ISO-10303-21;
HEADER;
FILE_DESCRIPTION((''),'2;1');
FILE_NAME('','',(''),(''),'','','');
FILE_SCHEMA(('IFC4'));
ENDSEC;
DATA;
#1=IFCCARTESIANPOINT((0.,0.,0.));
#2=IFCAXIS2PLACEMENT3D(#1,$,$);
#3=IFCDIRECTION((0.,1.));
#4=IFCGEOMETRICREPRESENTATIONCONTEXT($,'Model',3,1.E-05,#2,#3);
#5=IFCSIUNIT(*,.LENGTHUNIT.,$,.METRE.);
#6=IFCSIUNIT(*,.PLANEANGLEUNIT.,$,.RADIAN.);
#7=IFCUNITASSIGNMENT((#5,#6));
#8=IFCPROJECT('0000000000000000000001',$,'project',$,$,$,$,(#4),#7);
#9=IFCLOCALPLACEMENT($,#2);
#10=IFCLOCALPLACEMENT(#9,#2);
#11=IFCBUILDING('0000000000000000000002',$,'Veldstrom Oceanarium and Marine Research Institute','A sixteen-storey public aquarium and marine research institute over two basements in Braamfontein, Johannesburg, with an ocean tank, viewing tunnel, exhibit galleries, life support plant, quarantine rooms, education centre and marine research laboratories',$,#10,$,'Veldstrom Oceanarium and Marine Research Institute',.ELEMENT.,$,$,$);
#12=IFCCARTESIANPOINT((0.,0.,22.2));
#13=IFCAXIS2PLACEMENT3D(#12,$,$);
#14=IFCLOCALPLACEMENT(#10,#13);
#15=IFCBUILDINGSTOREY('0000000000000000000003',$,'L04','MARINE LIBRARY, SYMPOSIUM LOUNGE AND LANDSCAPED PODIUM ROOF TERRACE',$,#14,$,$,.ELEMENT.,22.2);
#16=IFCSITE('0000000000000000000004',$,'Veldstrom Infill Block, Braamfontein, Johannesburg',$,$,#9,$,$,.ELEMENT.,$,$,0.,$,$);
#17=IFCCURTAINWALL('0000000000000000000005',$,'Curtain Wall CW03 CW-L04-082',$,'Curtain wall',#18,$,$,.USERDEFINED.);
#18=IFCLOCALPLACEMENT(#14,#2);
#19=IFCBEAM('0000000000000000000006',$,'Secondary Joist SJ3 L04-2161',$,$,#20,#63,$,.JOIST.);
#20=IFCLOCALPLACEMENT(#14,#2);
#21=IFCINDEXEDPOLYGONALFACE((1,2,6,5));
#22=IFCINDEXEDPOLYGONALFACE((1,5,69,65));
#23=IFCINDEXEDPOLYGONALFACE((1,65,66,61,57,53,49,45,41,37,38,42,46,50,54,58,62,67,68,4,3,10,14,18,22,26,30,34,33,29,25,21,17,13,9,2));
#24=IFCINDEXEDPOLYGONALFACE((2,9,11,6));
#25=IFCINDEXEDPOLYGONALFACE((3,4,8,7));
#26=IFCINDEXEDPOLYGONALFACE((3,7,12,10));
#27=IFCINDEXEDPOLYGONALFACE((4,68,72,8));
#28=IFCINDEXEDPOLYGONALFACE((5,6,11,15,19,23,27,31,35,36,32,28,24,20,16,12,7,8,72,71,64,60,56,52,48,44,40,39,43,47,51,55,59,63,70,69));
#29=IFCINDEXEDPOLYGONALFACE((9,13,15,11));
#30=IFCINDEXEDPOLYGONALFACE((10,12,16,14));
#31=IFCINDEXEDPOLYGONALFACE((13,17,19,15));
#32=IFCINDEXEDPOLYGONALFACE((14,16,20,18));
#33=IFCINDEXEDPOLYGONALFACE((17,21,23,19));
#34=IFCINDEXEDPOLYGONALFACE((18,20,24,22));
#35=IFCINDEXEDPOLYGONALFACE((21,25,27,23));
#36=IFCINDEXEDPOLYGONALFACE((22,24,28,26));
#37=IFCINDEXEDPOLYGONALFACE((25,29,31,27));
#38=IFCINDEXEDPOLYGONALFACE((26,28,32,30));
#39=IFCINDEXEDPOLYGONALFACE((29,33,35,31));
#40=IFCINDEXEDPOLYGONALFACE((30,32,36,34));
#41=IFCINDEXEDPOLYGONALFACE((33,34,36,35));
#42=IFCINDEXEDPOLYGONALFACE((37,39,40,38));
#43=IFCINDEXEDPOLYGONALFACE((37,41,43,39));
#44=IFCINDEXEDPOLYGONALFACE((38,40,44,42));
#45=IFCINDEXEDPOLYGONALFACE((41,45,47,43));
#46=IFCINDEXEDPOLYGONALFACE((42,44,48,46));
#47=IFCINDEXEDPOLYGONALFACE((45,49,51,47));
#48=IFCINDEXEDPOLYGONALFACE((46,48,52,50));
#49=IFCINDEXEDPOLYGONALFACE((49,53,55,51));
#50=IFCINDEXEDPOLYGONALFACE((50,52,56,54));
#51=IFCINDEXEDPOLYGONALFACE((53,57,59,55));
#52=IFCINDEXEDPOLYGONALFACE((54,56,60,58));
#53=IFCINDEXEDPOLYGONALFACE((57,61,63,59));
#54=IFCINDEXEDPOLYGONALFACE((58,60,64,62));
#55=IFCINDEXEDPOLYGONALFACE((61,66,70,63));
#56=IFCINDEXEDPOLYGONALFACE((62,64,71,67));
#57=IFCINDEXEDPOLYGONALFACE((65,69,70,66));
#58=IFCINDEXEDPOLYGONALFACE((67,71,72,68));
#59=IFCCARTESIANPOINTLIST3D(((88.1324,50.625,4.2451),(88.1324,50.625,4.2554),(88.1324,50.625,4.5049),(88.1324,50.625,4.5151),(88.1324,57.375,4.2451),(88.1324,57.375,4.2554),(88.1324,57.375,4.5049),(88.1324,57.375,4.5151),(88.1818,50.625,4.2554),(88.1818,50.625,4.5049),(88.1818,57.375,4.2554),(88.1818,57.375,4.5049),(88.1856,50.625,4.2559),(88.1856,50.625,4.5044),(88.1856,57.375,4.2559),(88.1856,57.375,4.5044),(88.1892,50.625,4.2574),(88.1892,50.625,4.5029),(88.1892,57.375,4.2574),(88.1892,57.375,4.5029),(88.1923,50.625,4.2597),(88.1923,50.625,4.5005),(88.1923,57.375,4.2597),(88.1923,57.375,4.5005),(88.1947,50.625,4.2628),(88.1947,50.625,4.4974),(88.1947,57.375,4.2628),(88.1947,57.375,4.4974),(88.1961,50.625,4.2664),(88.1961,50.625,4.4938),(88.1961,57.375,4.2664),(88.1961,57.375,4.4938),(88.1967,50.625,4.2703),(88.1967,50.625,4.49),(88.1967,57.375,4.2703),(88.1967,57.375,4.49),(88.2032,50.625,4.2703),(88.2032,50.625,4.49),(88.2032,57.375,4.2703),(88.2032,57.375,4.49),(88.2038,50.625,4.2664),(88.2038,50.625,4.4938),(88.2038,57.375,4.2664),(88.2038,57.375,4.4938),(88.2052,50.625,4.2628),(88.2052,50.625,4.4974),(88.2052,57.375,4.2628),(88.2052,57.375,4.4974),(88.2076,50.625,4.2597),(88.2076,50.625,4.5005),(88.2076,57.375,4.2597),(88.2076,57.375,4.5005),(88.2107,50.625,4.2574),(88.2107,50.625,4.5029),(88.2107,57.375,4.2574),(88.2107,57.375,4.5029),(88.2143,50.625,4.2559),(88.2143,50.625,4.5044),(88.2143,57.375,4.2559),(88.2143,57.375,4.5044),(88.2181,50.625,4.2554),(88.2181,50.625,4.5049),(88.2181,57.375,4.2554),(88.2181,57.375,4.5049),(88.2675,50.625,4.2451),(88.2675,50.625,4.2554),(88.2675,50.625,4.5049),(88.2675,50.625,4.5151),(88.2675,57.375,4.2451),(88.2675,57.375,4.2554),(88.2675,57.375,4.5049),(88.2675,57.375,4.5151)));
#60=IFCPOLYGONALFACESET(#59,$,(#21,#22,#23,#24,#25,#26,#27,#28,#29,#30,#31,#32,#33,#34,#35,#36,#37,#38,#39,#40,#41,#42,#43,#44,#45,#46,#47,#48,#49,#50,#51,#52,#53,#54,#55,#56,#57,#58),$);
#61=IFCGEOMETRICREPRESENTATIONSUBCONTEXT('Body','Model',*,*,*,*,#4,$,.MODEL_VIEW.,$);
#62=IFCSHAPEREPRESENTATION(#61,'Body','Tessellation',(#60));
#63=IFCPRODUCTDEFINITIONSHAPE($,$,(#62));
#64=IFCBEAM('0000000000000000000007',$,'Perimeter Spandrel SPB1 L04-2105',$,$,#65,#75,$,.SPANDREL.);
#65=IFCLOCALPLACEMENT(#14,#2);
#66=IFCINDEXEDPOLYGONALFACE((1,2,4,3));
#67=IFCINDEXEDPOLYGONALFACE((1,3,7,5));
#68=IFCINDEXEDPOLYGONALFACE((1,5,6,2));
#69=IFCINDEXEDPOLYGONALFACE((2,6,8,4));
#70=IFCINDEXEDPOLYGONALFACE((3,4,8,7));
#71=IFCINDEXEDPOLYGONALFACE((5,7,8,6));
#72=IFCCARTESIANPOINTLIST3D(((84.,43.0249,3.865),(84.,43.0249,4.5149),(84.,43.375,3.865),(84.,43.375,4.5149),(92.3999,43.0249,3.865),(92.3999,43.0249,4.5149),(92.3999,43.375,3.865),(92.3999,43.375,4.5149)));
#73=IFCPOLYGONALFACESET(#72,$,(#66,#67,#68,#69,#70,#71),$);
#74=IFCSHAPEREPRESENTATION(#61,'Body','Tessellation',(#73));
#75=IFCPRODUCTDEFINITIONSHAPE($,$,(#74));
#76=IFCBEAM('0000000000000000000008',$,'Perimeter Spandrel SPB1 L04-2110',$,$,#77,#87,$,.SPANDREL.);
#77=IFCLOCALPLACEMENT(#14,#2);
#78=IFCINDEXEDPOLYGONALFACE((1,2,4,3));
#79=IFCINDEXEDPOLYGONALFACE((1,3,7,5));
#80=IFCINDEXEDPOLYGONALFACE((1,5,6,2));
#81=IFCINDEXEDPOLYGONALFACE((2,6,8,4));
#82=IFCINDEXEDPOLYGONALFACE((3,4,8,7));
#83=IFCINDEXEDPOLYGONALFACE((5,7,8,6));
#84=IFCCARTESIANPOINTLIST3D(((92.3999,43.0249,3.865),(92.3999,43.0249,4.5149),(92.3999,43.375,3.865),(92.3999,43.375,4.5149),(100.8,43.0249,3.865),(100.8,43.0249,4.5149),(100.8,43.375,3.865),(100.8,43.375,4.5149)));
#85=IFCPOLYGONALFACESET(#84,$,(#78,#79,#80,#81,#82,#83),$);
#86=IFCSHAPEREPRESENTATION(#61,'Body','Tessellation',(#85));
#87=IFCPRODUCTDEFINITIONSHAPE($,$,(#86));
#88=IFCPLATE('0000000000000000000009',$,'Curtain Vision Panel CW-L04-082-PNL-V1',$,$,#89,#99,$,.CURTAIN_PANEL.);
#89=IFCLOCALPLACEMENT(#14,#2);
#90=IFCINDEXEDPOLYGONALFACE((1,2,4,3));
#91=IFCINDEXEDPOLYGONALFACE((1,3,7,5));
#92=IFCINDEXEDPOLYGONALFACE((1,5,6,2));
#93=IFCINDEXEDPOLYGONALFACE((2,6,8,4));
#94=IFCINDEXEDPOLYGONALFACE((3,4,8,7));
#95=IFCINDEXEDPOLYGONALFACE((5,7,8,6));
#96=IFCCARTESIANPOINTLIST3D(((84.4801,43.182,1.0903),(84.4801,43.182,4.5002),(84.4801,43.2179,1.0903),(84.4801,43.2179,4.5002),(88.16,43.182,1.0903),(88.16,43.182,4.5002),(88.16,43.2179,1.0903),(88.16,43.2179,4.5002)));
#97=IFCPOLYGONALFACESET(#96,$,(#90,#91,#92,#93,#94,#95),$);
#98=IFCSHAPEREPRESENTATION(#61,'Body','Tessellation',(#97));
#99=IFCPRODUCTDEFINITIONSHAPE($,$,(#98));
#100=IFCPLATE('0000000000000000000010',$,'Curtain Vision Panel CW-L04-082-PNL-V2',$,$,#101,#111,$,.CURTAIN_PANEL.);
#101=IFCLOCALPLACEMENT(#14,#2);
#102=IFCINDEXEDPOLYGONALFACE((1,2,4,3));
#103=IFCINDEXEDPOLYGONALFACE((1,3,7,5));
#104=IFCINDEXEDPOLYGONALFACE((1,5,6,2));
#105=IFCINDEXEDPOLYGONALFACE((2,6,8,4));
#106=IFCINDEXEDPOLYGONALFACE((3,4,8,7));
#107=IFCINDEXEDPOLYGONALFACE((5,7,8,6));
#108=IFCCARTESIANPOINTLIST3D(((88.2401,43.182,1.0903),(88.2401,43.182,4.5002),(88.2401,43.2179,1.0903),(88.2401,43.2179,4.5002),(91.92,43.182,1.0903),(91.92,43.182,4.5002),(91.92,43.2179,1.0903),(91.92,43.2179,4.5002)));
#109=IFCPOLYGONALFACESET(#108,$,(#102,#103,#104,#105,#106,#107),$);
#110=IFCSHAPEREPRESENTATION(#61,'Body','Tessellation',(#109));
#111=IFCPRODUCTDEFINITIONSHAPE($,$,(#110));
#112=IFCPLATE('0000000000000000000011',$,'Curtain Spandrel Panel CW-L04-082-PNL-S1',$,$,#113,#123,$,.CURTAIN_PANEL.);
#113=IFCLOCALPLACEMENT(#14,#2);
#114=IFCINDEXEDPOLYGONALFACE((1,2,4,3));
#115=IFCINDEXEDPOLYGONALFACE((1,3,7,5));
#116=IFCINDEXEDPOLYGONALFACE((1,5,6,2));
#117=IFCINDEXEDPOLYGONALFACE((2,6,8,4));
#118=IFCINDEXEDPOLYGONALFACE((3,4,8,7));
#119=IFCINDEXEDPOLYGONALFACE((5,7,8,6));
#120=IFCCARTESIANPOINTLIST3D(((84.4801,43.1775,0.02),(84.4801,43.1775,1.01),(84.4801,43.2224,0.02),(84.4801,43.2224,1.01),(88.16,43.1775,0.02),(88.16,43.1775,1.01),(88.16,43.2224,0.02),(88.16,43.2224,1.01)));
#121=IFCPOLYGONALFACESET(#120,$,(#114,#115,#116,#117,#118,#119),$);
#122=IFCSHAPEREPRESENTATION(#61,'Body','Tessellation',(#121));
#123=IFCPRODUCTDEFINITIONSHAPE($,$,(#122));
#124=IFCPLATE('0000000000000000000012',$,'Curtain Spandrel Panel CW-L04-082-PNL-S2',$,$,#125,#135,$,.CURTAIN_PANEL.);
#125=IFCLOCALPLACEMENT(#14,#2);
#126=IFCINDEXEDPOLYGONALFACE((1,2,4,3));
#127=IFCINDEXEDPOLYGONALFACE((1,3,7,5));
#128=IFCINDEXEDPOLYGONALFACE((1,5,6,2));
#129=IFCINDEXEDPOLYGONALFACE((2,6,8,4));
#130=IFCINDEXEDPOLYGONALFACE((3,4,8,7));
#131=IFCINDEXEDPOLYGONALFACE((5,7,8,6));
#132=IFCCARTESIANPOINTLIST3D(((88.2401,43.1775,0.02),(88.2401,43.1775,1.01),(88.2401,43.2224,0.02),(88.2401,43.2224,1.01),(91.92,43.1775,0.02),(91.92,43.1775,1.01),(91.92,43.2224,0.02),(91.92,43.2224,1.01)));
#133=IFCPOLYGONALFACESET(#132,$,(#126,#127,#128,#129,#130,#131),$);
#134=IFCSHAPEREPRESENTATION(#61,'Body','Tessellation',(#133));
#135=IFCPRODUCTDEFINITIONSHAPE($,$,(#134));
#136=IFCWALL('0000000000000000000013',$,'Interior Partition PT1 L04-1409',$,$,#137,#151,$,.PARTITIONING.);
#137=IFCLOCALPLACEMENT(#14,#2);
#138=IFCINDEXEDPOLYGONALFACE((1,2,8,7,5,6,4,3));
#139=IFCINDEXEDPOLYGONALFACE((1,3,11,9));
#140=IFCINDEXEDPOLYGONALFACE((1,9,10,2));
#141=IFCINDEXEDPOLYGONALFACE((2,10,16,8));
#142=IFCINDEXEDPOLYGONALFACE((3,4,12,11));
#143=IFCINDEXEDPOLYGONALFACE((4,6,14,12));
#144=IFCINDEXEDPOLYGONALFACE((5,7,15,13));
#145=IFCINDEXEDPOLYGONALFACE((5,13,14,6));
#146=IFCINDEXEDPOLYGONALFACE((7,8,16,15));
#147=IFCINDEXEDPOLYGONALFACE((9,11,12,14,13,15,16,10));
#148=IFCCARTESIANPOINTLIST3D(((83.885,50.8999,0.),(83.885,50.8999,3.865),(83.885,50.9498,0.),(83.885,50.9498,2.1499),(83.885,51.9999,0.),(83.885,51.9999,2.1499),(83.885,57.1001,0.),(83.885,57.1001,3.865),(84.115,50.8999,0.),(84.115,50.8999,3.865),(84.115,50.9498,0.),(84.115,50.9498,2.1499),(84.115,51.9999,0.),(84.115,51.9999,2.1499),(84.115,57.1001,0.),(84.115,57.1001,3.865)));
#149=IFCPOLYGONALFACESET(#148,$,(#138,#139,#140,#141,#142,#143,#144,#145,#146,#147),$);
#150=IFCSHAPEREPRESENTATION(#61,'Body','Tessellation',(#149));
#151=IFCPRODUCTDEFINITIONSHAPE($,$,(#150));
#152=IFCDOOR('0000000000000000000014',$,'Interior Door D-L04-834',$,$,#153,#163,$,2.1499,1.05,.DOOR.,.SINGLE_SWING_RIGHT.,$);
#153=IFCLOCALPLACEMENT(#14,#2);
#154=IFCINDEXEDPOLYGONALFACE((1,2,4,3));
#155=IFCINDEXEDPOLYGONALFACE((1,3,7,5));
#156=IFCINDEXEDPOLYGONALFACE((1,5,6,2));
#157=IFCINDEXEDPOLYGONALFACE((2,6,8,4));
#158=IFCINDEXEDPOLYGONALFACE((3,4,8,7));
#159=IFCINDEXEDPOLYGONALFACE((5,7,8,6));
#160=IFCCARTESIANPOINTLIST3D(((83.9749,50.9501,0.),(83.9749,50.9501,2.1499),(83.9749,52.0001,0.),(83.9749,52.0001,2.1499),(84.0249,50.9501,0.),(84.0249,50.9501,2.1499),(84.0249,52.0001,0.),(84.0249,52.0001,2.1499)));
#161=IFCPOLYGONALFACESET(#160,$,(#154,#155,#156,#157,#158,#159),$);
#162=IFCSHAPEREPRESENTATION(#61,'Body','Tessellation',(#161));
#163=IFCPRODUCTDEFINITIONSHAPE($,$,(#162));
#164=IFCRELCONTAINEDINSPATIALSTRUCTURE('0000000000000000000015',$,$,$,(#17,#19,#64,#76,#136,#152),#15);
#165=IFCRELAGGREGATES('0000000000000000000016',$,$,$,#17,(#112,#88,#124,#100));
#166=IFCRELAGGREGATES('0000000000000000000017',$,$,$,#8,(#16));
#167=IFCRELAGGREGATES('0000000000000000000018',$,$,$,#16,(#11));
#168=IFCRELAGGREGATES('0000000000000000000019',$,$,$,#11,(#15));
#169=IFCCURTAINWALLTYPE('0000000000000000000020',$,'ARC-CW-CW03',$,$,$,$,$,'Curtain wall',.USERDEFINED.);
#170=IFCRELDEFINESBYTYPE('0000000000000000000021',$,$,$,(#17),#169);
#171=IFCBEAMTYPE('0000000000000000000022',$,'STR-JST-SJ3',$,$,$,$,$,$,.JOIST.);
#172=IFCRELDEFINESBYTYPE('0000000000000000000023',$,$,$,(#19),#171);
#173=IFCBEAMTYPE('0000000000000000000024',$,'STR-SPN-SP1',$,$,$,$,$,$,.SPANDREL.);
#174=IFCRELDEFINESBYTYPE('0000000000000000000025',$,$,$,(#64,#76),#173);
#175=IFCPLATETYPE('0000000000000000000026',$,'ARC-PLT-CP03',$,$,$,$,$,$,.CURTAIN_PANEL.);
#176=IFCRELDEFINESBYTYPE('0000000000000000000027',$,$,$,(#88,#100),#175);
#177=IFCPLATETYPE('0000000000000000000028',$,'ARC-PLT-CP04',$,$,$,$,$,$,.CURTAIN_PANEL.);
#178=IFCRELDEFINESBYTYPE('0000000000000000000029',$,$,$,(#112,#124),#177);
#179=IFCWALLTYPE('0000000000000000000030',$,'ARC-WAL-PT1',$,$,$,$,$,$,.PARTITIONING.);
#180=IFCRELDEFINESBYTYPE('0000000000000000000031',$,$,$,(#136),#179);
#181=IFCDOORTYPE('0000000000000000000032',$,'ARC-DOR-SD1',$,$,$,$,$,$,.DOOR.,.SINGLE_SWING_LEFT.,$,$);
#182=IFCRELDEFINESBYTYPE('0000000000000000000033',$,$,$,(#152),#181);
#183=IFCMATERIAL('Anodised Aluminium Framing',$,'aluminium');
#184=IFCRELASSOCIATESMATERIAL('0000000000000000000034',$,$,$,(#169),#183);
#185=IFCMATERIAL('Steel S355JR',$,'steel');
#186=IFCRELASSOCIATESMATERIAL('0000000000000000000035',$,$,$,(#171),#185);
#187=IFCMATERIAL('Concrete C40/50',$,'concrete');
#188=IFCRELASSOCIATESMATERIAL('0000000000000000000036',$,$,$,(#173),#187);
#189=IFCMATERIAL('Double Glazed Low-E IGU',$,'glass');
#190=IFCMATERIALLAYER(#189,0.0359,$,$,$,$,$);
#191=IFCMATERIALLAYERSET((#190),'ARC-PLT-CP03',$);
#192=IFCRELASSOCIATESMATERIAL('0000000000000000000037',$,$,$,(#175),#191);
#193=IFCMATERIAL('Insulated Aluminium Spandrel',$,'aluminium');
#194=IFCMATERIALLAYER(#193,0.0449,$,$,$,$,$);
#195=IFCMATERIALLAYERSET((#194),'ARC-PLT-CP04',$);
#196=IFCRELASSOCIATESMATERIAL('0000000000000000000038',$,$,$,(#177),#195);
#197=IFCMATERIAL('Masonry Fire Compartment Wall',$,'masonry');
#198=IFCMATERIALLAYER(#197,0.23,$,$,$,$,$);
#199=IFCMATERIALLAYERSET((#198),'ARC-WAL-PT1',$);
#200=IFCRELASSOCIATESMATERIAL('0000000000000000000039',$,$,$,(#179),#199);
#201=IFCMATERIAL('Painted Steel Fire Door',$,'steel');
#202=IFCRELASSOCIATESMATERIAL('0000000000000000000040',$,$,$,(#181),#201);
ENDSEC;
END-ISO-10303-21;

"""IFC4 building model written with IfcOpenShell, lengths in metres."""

from ifc_helpers import new_model, si_unit, direction, frame, frame_2d, origin, origin_2d, place, context, subcontext, project, spatial, rectangle, i_section, extrude, material, layer, layer_set, material_profile, profile_set, type_object, element, fill, aggregate, save


model = new_model("IFC4")

# Units and contexts
model_context = context("Model", 3, precision=1e-05, world=origin(), true_north=direction((0.0, 1.0)))
body_context = subcontext(model_context, "Body", "Model", "MODEL_VIEW")
ifc_project = project(units=[si_unit("LENGTHUNIT", "METRE"), si_unit("PLANEANGLEUNIT", "RADIAN")], contexts=[model_context])

# Site, building, storey
site_placement = place(None, origin())
site = spatial("IfcSite", under=ifc_project, at=site_placement, Name="Veldstrom Infill Block, Braamfontein, Johannesburg", CompositionType="ELEMENT", RefElevation=0.0)
building_placement = place(site_placement, origin())
building = spatial("IfcBuilding", under=site, at=building_placement, Name="Veldstrom Oceanarium and Marine Research Institute", Description="A sixteen-storey public aquarium and marine research institute over two basements in Braamfontein, Johannesburg, with an ocean tank, viewing tunnel, exhibit galleries, life support plant, quarantine rooms, education centre and marine research laboratories", LongName="Veldstrom Oceanarium and Marine Research Institute", CompositionType="ELEMENT")
storey_placement = place(building_placement, frame((0.0, 0.0, 22.2)))
storey = spatial("IfcBuildingStorey", under=building, at=storey_placement, Name="L04", Description="MARINE LIBRARY, SYMPOSIUM LOUNGE AND LANDSCAPED PODIUM ROOF TERRACE", CompositionType="ELEMENT", Elevation=22.2)

# Curtain wall
ifc_material_1 = material(Name="Anodised Aluminium Framing", Category="aluminium")
curtain_wall_type = type_object("IfcCurtainWallType", Name="ARC-CW-CW03", ElementType="Curtain wall", PredefinedType="USERDEFINED", material=ifc_material_1)
curtain_wall_placement = place(storey_placement, origin())
curtain_wall = element("IfcCurtainWall", 1, at=curtain_wall_placement, inside=storey, type_object=curtain_wall_type, Name="Curtain Wall CW03 CW-L04-082", ObjectType="Curtain wall", PredefinedType="USERDEFINED")

# Beams
ifc_material_2 = material(Name="Steel S355JR", Category="steel")
ifc_material_profile_1 = material_profile(ifc_material_2, i_section(OverallWidth=0.135, OverallDepth=0.27, WebThickness=0.0066, FlangeThickness=0.0103, FilletRadius=0.0149, at=origin_2d()), Name="IPE 270")
ifc_profile_set_1 = profile_set([ifc_material_profile_1], Name="Steel S355JR")
beam_type_1 = type_object("IfcBeamType", Name="STR-JST-SJ3", PredefinedType="JOIST", material=ifc_profile_set_1)
beam_1_placement = place(storey_placement, frame((88.2, 50.625, 4.3801), z_axis=(0.0, 1.0, 0.0), x_axis=(-1.0, 0.0, 0.0)))
element("IfcBeam", 2, at=beam_1_placement, inside=storey, type_object=beam_type_1, Name="Secondary Joist SJ3 L04-2161", PredefinedType="JOIST", context=body_context, shape_type="SweptSolid", body=[
    extrude(i_section(OverallWidth=0.135, OverallDepth=0.27, WebThickness=0.0066, FlangeThickness=0.0103, FilletRadius=0.0149, at=origin_2d()), origin(), (0.0, 0.0, 1.0), 6.75),
])
ifc_material_3 = material(Name="Concrete C40/50", Category="concrete")
ifc_material_profile_2 = material_profile(ifc_material_3, rectangle(XDim=0.3501, YDim=0.6499, at=origin_2d()), Name="RC-SPN-350x650")
ifc_profile_set_2 = profile_set([ifc_material_profile_2], Name="Concrete C40/50")
beam_type_2 = type_object("IfcBeamType", Name="STR-SPN-SP1", PredefinedType="SPANDREL", material=ifc_profile_set_2)
beam_2_placement = place(storey_placement, frame((84.0, 43.2, 4.1899), z_axis=(1.0, 0.0, 0.0), x_axis=(0.0, 1.0, 0.0)))
element("IfcBeam", 3, at=beam_2_placement, inside=storey, type_object=beam_type_2, Name="Perimeter Spandrel SPB1 L04-2105", PredefinedType="SPANDREL", context=body_context, shape_type="SweptSolid", body=[
    extrude(rectangle(XDim=0.3501, YDim=0.6499, at=origin_2d()), origin(), (0.0, 0.0, 1.0), 8.3999),
])
beam_3_placement = place(storey_placement, frame((92.3999, 43.2, 4.1899), z_axis=(1.0, 0.0, 0.0), x_axis=(0.0, 1.0, 0.0)))
element("IfcBeam", 4, at=beam_3_placement, inside=storey, type_object=beam_type_2, Name="Perimeter Spandrel SPB1 L04-2110", PredefinedType="SPANDREL", context=body_context, shape_type="SweptSolid", body=[
    extrude(rectangle(XDim=0.3501, YDim=0.6499, at=origin_2d()), origin(), (0.0, 0.0, 1.0), 8.4001),
])

# Plates
ifc_material_4 = material(Name="Double Glazed Low-E IGU", Category="glass")
ifc_layer_1 = layer(ifc_material_4, 0.0359)
ifc_layer_set_1 = layer_set([ifc_layer_1], Name="ARC-PLT-CP03")
plate_type_1 = type_object("IfcPlateType", Name="ARC-PLT-CP03", PredefinedType="CURTAIN_PANEL", material=ifc_layer_set_1)
plate_1_placement = place(storey_placement, frame((86.3201, 43.2, 1.0903), z_axis=(0.0, 0.0, 1.0), x_axis=(1.0, 0.0, 0.0)))
plate_1 = element("IfcPlate", 5, at=plate_1_placement, type_object=plate_type_1, Name="Curtain Vision Panel CW-L04-082-PNL-V1", PredefinedType="CURTAIN_PANEL", context=body_context, shape_type="SweptSolid", body=[
    extrude(rectangle(XDim=3.6799, YDim=0.0359, at=origin_2d()), origin(), (0.0, 0.0, 1.0), 3.4099),
])
plate_2_placement = place(storey_placement, frame((90.0801, 43.2, 1.0903), z_axis=(0.0, 0.0, 1.0), x_axis=(1.0, 0.0, 0.0)))
plate_2 = element("IfcPlate", 6, at=plate_2_placement, type_object=plate_type_1, Name="Curtain Vision Panel CW-L04-082-PNL-V2", PredefinedType="CURTAIN_PANEL", context=body_context, shape_type="SweptSolid", body=[
    extrude(rectangle(XDim=3.6799, YDim=0.0359, at=origin_2d()), origin(), (0.0, 0.0, 1.0), 3.4099),
])
ifc_material_5 = material(Name="Insulated Aluminium Spandrel", Category="aluminium")
ifc_layer_2 = layer(ifc_material_5, 0.0449)
ifc_layer_set_2 = layer_set([ifc_layer_2], Name="ARC-PLT-CP04")
plate_type_2 = type_object("IfcPlateType", Name="ARC-PLT-CP04", PredefinedType="CURTAIN_PANEL", material=ifc_layer_set_2)
plate_3_placement = place(storey_placement, frame((86.3201, 43.2, 0.02), z_axis=(0.0, 0.0, 1.0), x_axis=(1.0, 0.0, 0.0)))
plate_3 = element("IfcPlate", 7, at=plate_3_placement, type_object=plate_type_2, Name="Curtain Spandrel Panel CW-L04-082-PNL-S1", PredefinedType="CURTAIN_PANEL", context=body_context, shape_type="SweptSolid", body=[
    extrude(rectangle(XDim=3.6799, YDim=0.0449, at=origin_2d()), origin(), (0.0, 0.0, 1.0), 0.99),
])
plate_4_placement = place(storey_placement, frame((90.0801, 43.2, 0.02), z_axis=(0.0, 0.0, 1.0), x_axis=(1.0, 0.0, 0.0)))
plate_4 = element("IfcPlate", 8, at=plate_4_placement, type_object=plate_type_2, Name="Curtain Spandrel Panel CW-L04-082-PNL-S2", PredefinedType="CURTAIN_PANEL", context=body_context, shape_type="SweptSolid", body=[
    extrude(rectangle(XDim=3.6799, YDim=0.0449, at=origin_2d()), origin(), (0.0, 0.0, 1.0), 0.99),
])
aggregate(curtain_wall, [plate_3, plate_1, plate_4, plate_2])

# Wall, opening, door
ifc_material_6 = material(Name="Masonry Fire Compartment Wall", Category="masonry")
ifc_layer_3 = layer(ifc_material_6, 0.23)
ifc_layer_set_3 = layer_set([ifc_layer_3], Name="ARC-WAL-PT1")
wall_type_1 = type_object("IfcWallType", Name="ARC-WAL-PT1", PredefinedType="PARTITIONING", material=ifc_layer_set_3)
wall_1_placement = place(storey_placement, frame((84.0, 50.8999, 0.0), z_axis=(0.0, 0.0, 1.0), x_axis=(0.0, 1.0, 0.0)))
wall_1 = element("IfcWall", 9, at=wall_1_placement, inside=storey, type_object=wall_type_1, Name="Interior Partition PT1 L04-1409", PredefinedType="PARTITIONING", context=body_context, shape_type="SweptSolid", body=[
    extrude(rectangle(XDim=6.2002, YDim=0.23, at=frame_2d((3.1001, 0.0))), origin(), (0.0, 0.0, 1.0), 3.865),
])
opening_1_placement = place(wall_1_placement, frame((0.05, 0.0, 0.0)))
opening_1 = element("IfcOpeningElement", 10, at=opening_1_placement, cuts=wall_1, PredefinedType="OPENING", context=body_context, shape_type="SweptSolid", body=[
    extrude(rectangle(XDim=1.05, YDim=2.1499, at=frame_2d((0.5249, 1.075))), frame((0.0, 0.125, 0.0), z_axis=(0.0, -1.0, 0.0), x_axis=(1.0, 0.0, 0.0)), (0.0, 0.0, 1.0), 0.25),
])
ifc_material_7 = material(Name="Painted Steel Fire Door", Category="steel")
door_type_1 = type_object("IfcDoorType", Name="ARC-DOR-SD1", OperationType="SINGLE_SWING_LEFT", PredefinedType="DOOR", material=ifc_material_7)
door_1_placement = place(opening_1_placement, frame((1.05, 0.0, 0.0), z_axis=(0.0, 0.0, 1.0), x_axis=(-1.0, 0.0, 0.0)))
door_1 = element("IfcDoor", 11, at=door_1_placement, inside=storey, type_object=door_type_1, Name="Interior Door D-L04-834", OperationType="SINGLE_SWING_RIGHT", OverallHeight=2.1499, OverallWidth=1.05, PredefinedType="DOOR", context=body_context, shape_type="SweptSolid", body=[
    extrude(rectangle(XDim=1.05, YDim=2.1499, at=frame_2d((0.5249, 1.075))), frame((0.0, 0.0249, 0.0), z_axis=(0.0, -1.0, 0.0), x_axis=(1.0, 0.0, 0.0)), (0.0, 0.0, 1.0), 0.05),
])
fill(opening_1, door_1)

save(model, "model.ifc")
